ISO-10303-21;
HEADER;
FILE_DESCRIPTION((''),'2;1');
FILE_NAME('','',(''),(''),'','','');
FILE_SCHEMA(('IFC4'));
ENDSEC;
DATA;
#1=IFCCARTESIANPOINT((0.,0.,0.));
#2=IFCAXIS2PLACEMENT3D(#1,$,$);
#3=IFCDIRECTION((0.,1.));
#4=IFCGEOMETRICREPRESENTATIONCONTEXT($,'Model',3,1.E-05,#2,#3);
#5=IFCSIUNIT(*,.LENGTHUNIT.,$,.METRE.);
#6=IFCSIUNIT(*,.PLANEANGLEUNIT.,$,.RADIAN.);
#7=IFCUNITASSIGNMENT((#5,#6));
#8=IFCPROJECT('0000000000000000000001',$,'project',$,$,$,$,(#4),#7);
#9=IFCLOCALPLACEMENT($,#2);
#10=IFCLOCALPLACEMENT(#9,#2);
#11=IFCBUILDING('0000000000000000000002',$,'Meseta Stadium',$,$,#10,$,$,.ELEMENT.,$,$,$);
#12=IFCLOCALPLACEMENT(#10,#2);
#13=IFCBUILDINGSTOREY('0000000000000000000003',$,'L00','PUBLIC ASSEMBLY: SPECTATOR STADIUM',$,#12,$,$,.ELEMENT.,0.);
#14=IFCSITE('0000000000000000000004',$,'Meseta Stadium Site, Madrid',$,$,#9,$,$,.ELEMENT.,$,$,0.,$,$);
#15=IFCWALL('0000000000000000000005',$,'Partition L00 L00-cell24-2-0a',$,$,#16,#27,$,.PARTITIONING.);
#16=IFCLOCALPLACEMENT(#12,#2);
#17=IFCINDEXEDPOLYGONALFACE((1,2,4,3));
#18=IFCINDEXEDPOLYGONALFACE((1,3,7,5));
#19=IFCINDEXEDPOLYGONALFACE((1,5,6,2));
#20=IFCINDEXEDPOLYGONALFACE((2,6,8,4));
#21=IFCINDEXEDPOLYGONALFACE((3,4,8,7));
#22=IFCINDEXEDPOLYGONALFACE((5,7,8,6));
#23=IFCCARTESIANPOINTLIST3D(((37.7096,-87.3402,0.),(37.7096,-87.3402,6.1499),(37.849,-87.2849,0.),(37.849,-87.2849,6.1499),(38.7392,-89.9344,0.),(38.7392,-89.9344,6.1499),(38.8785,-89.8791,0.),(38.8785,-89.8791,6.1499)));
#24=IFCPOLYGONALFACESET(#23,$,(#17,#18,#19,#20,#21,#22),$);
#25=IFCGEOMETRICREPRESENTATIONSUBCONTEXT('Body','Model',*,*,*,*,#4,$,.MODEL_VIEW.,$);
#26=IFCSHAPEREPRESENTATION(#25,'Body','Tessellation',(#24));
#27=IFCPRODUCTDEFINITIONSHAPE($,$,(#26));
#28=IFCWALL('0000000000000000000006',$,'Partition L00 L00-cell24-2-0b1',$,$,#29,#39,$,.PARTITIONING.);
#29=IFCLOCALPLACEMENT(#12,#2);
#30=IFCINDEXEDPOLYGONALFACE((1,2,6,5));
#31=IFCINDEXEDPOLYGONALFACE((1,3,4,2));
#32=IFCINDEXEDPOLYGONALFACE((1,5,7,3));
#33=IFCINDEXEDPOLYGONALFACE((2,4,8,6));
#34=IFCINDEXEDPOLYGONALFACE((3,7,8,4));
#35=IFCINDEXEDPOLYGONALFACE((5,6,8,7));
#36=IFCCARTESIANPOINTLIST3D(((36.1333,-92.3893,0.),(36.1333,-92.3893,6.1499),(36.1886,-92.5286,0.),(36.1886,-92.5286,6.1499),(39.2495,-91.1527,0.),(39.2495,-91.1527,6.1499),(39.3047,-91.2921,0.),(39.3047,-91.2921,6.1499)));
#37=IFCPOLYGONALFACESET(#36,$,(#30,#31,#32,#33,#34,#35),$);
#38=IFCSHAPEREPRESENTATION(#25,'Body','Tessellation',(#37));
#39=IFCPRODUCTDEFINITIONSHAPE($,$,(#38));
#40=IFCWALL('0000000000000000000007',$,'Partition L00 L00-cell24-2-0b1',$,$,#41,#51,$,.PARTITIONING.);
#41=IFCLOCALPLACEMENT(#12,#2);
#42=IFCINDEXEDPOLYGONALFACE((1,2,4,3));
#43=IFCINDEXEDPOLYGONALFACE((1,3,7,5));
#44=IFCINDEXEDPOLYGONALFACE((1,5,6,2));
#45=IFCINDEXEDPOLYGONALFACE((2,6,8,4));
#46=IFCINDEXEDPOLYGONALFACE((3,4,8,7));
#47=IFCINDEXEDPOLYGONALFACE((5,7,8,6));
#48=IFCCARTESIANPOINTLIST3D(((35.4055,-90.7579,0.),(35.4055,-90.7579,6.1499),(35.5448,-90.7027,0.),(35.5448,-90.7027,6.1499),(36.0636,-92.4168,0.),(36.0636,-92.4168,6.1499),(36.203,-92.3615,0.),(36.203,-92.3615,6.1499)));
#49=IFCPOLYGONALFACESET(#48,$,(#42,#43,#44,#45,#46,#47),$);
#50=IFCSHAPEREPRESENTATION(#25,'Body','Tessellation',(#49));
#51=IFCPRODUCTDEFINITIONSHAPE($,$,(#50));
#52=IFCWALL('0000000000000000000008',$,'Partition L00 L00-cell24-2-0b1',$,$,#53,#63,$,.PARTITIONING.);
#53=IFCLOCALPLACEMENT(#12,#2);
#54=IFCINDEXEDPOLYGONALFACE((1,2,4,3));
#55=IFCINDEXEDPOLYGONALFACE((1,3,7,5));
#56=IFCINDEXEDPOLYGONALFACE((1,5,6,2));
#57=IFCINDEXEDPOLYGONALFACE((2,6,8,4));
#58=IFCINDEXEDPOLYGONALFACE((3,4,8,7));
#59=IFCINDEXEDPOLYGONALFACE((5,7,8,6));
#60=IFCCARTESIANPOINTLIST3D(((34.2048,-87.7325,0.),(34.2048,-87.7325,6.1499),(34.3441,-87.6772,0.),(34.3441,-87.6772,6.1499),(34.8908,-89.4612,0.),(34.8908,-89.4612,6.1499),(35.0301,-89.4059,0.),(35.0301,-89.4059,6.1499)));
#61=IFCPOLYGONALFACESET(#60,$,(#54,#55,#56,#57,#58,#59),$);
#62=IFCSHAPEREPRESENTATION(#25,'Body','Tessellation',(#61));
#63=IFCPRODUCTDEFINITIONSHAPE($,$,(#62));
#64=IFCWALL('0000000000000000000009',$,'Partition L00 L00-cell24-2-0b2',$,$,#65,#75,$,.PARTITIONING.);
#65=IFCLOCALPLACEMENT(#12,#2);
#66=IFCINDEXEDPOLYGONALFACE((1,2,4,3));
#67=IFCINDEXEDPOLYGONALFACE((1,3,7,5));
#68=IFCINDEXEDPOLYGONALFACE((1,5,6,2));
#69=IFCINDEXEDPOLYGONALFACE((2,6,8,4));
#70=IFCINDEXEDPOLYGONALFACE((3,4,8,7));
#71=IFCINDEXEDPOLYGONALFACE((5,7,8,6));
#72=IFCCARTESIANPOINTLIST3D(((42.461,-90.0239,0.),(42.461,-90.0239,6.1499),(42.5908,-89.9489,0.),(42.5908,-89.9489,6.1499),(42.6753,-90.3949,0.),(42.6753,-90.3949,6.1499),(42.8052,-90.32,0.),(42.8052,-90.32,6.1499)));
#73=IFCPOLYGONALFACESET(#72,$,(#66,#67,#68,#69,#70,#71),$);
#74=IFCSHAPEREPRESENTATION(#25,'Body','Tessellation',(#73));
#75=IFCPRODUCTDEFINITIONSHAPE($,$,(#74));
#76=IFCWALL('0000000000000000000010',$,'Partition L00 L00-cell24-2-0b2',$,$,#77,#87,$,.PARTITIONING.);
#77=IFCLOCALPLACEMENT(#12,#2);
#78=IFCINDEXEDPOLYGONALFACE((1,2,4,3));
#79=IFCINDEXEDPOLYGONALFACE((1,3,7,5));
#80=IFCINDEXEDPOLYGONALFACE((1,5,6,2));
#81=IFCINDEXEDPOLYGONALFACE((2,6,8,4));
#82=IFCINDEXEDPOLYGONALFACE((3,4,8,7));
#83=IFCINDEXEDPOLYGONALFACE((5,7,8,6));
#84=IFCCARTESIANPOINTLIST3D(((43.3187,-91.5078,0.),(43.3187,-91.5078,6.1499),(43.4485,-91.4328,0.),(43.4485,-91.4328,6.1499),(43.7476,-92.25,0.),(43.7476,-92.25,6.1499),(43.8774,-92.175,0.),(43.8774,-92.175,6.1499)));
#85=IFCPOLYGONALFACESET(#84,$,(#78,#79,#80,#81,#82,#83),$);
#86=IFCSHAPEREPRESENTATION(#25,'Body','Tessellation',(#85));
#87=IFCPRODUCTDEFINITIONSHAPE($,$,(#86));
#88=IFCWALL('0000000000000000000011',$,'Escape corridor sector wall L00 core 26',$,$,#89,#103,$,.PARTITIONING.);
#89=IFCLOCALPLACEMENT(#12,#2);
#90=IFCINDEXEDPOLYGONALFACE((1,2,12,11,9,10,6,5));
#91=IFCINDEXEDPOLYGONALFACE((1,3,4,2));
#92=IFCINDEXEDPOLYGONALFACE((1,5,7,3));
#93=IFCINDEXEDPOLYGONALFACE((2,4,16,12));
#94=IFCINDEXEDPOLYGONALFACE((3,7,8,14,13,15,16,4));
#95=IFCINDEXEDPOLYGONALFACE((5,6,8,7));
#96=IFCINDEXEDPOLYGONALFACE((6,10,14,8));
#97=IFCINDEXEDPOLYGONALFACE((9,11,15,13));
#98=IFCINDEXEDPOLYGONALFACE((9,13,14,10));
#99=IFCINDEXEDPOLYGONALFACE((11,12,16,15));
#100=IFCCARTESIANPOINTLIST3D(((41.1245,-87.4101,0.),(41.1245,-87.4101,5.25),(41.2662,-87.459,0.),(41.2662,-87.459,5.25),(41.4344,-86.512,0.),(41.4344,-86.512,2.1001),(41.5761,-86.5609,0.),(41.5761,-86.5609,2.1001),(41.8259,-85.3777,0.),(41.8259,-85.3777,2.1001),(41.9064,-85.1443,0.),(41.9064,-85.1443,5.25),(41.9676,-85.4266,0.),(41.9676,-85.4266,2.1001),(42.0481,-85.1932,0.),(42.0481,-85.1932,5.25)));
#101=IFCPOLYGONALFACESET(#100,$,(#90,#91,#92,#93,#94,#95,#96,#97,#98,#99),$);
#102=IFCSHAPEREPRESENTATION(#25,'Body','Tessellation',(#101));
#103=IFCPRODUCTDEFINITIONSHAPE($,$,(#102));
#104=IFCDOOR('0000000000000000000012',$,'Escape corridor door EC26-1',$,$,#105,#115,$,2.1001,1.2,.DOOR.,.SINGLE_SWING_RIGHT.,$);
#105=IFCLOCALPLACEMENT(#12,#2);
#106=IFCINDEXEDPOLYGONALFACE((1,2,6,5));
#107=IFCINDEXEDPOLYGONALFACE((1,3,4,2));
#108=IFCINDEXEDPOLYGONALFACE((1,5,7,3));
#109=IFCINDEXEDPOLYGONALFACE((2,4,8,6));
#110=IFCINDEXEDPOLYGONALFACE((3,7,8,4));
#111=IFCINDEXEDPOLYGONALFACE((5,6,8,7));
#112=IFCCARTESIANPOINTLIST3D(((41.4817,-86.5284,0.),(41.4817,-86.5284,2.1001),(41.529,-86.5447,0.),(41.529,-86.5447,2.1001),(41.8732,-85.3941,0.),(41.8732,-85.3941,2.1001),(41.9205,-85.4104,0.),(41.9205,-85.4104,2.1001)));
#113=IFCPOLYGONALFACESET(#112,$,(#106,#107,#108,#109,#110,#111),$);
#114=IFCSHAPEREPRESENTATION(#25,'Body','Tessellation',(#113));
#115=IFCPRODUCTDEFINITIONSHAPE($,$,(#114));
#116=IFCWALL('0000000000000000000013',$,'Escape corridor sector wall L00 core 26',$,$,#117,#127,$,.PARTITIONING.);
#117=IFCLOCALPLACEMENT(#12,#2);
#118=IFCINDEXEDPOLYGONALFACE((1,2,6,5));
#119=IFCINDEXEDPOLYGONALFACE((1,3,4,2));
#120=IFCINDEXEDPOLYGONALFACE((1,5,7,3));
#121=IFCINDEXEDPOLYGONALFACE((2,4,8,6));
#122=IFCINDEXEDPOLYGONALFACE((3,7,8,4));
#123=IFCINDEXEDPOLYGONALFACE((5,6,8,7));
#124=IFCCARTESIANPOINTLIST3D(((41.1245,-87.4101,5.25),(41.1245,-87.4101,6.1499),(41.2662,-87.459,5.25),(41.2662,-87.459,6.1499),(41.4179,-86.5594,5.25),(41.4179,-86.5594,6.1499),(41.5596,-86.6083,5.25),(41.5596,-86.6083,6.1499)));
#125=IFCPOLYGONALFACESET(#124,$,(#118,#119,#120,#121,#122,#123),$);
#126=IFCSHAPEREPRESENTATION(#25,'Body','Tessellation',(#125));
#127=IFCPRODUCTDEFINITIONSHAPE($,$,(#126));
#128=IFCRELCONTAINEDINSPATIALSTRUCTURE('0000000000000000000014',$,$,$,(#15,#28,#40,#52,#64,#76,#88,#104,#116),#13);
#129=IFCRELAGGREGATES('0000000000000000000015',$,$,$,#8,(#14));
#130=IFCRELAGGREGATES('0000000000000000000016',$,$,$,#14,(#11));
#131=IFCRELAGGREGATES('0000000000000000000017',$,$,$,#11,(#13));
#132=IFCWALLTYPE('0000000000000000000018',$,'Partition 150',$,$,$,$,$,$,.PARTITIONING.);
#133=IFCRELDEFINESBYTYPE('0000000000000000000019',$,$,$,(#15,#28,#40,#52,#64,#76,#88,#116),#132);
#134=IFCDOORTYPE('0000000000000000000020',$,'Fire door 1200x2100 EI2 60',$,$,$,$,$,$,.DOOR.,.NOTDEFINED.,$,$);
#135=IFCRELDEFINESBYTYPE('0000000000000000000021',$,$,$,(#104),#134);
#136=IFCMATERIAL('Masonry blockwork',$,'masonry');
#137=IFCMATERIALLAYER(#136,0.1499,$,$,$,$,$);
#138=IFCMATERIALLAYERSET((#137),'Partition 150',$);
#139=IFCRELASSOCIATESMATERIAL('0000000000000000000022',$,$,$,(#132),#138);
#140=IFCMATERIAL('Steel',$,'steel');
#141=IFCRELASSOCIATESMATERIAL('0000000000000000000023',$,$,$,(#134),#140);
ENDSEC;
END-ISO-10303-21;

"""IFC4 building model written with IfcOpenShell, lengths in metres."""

from ifc_helpers import new_model, si_unit, direction, frame, frame_2d, origin, place, context, subcontext, project, spatial, rectangle, extrude, material, layer, layer_set, type_object, element, fill, save


model = new_model("IFC4")

# Units and contexts
model_context = context("Model", 3, precision=1e-05, world=origin(), true_north=direction((0.0, 1.0)))
body_context = subcontext(model_context, "Body", "Model", "MODEL_VIEW")
ifc_project = project(units=[si_unit("LENGTHUNIT", "METRE"), si_unit("PLANEANGLEUNIT", "RADIAN")], contexts=[model_context])

# Site, building, storey
site_placement = place(None, origin())
site = spatial("IfcSite", under=ifc_project, at=site_placement, Name="Meseta Stadium Site, Madrid", CompositionType="ELEMENT", RefElevation=0.0)
building_placement = place(site_placement, origin())
building = spatial("IfcBuilding", under=site, at=building_placement, Name="Meseta Stadium", CompositionType="ELEMENT")
storey_placement = place(building_placement, origin())
storey = spatial("IfcBuildingStorey", under=building, at=storey_placement, Name="L00", Description="PUBLIC ASSEMBLY: SPECTATOR STADIUM", CompositionType="ELEMENT", Elevation=0.0)

# Shared definitions
ifc_material_1 = material(Name="Masonry blockwork", Category="masonry")
ifc_layer = layer(ifc_material_1, 0.1499)
ifc_layer_set = layer_set([ifc_layer], Name="Partition 150")
wall_type = type_object("IfcWallType", Name="Partition 150", PredefinedType="PARTITIONING", material=ifc_layer_set)

# Walls
wall_1_placement = place(storey_placement, frame((38.8088, -89.9067, 0.0), z_axis=(0.0, 0.0, 1.0), x_axis=(-0.368871, 0.929481, 0.0)))
element("IfcWall", 1, at=wall_1_placement, inside=storey, type_object=wall_type, Name="Partition L00 L00-cell24-2-0a", PredefinedType="PARTITIONING", context=body_context, shape_type="SweptSolid", body=[
    extrude(rectangle(XDim=2.791, YDim=0.1499, at=frame_2d((1.3955, 0.0))), origin(), (0.0, 0.0, 1.0), 6.1499),
])
wall_2_placement = place(storey_placement, frame((39.2771, -91.2224, 0.0), z_axis=(0.0, 0.0, 1.0), x_axis=(-0.929493, -0.368841, 0.0)))
element("IfcWall", 2, at=wall_2_placement, inside=storey, type_object=wall_type, Name="Partition L00 L00-cell24-2-0b1", PredefinedType="PARTITIONING", context=body_context, shape_type="SweptSolid", body=[
    extrude(rectangle(XDim=3.3525, YDim=0.1499, at=frame_2d((1.6763, 0.0))), origin(), (0.0, 0.0, 1.0), 6.1499),
])
wall_3_placement = place(storey_placement, frame((36.1333, -92.3892, 0.0), z_axis=(0.0, 0.0, 1.0), x_axis=(-0.368795, 0.929511, 0.0)))
element("IfcWall", 3, at=wall_3_placement, inside=storey, type_object=wall_type, Name="Partition L00 L00-cell24-2-0b1", PredefinedType="PARTITIONING", context=body_context, shape_type="SweptSolid", body=[
    extrude(rectangle(XDim=1.7847, YDim=0.1499, at=frame_2d((0.8923, 0.0))), origin(), (0.0, 0.0, 1.0), 6.1499),
])
wall_4_placement = place(storey_placement, frame((34.9604, -89.4336, 0.0), z_axis=(0.0, 0.0, 1.0), x_axis=(-0.368855, 0.929487, 0.0)))
element("IfcWall", 4, at=wall_4_placement, inside=storey, type_object=wall_type, Name="Partition L00 L00-cell24-2-0b1", PredefinedType="PARTITIONING", context=body_context, shape_type="SweptSolid", body=[
    extrude(rectangle(XDim=1.8599, YDim=0.1499, at=frame_2d((0.9299, 0.0))), origin(), (0.0, 0.0, 1.0), 6.1499),
])
wall_5_placement = place(storey_placement, frame((42.5259, -89.9863, 0.0), z_axis=(0.0, 0.0, 1.0), x_axis=(0.500183, -0.86592, 0.0)))
element("IfcWall", 5, at=wall_5_placement, inside=storey, type_object=wall_type, Name="Partition L00 L00-cell24-2-0b2", PredefinedType="PARTITIONING", context=body_context, shape_type="SweptSolid", body=[
    extrude(rectangle(XDim=0.4285, YDim=0.1499, at=frame_2d((0.2144, 0.0))), origin(), (0.0, 0.0, 1.0), 6.1499),
])
wall_6_placement = place(storey_placement, frame((43.3835, -91.4702, 0.0), z_axis=(0.0, 0.0, 1.0), x_axis=(0.500396, -0.865797, 0.0)))
element("IfcWall", 6, at=wall_6_placement, inside=storey, type_object=wall_type, Name="Partition L00 L00-cell24-2-0b2", PredefinedType="PARTITIONING", context=body_context, shape_type="SweptSolid", body=[
    extrude(rectangle(XDim=0.8572, YDim=0.1499, at=frame_2d((0.4287, 0.0))), origin(), (0.0, 0.0, 1.0), 6.1499),
])

# Wall, opening, door
wall_7_placement = place(storey_placement, frame((41.1953, -87.4346, 0.0), z_axis=(0.0, 0.0, 1.0), x_axis=(0.326232, 0.94529, 0.0)))
wall_7 = element("IfcWall", 7, at=wall_7_placement, inside=storey, type_object=wall_type, Name="Escape corridor sector wall L00 core 26", PredefinedType="PARTITIONING", context=body_context, shape_type="SweptSolid", body=[
    extrude(rectangle(XDim=2.397, YDim=0.1499, at=frame_2d((1.1985, 0.0))), origin(), (0.0, 0.0, 1.0), 5.25),
])
opening_1_placement = place(wall_7_placement, frame((0.95, 0.0, 0.0)))
opening_1 = element("IfcOpeningElement", 8, at=opening_1_placement, cuts=wall_7, PredefinedType="OPENING", context=body_context, shape_type="SweptSolid", body=[
    extrude(rectangle(XDim=1.2, YDim=2.1001, at=frame_2d((0.6001, 1.05))), frame((0.0, 0.085, 0.0), z_axis=(0.0, -1.0, 0.0), x_axis=(1.0, 0.0, 0.0)), (0.0, 0.0, 1.0), 0.1699),
])
ifc_material_2 = material(Name="Steel", Category="steel")
door_type_1 = type_object("IfcDoorType", Name="Fire door 1200x2100 EI2 60", OperationType="NOTDEFINED", PredefinedType="DOOR", material=ifc_material_2)
door_1_placement = place(opening_1_placement, origin())
door_1 = element("IfcDoor", 9, at=door_1_placement, inside=storey, type_object=door_type_1, Name="Escape corridor door EC26-1", OperationType="SINGLE_SWING_RIGHT", OverallHeight=2.1001, OverallWidth=1.2, PredefinedType="DOOR", context=body_context, shape_type="SweptSolid", body=[
    extrude(rectangle(XDim=1.2, YDim=2.1001, at=frame_2d((0.6001, 1.05))), frame((0.0, 0.0249, 0.0), z_axis=(0.0, -1.0, 0.0), x_axis=(1.0, 0.0, 0.0)), (0.0, 0.0, 1.0), 0.05),
])
fill(opening_1, door_1)

# Wall
wall_8_placement = place(storey_placement, frame((41.1953, -87.4346, 5.25), z_axis=(0.0, 0.0, 1.0), x_axis=(0.326058, 0.94535, 0.0)))
element("IfcWall", 10, at=wall_8_placement, inside=storey, type_object=wall_type, Name="Escape corridor sector wall L00 core 26", PredefinedType="PARTITIONING", context=body_context, shape_type="SweptSolid", body=[
    extrude(rectangle(XDim=0.8999, YDim=0.1499, at=frame_2d((0.45, 0.0))), origin(), (0.0, 0.0, 1.0), 0.8999),
])

save(model, "model.ifc")
